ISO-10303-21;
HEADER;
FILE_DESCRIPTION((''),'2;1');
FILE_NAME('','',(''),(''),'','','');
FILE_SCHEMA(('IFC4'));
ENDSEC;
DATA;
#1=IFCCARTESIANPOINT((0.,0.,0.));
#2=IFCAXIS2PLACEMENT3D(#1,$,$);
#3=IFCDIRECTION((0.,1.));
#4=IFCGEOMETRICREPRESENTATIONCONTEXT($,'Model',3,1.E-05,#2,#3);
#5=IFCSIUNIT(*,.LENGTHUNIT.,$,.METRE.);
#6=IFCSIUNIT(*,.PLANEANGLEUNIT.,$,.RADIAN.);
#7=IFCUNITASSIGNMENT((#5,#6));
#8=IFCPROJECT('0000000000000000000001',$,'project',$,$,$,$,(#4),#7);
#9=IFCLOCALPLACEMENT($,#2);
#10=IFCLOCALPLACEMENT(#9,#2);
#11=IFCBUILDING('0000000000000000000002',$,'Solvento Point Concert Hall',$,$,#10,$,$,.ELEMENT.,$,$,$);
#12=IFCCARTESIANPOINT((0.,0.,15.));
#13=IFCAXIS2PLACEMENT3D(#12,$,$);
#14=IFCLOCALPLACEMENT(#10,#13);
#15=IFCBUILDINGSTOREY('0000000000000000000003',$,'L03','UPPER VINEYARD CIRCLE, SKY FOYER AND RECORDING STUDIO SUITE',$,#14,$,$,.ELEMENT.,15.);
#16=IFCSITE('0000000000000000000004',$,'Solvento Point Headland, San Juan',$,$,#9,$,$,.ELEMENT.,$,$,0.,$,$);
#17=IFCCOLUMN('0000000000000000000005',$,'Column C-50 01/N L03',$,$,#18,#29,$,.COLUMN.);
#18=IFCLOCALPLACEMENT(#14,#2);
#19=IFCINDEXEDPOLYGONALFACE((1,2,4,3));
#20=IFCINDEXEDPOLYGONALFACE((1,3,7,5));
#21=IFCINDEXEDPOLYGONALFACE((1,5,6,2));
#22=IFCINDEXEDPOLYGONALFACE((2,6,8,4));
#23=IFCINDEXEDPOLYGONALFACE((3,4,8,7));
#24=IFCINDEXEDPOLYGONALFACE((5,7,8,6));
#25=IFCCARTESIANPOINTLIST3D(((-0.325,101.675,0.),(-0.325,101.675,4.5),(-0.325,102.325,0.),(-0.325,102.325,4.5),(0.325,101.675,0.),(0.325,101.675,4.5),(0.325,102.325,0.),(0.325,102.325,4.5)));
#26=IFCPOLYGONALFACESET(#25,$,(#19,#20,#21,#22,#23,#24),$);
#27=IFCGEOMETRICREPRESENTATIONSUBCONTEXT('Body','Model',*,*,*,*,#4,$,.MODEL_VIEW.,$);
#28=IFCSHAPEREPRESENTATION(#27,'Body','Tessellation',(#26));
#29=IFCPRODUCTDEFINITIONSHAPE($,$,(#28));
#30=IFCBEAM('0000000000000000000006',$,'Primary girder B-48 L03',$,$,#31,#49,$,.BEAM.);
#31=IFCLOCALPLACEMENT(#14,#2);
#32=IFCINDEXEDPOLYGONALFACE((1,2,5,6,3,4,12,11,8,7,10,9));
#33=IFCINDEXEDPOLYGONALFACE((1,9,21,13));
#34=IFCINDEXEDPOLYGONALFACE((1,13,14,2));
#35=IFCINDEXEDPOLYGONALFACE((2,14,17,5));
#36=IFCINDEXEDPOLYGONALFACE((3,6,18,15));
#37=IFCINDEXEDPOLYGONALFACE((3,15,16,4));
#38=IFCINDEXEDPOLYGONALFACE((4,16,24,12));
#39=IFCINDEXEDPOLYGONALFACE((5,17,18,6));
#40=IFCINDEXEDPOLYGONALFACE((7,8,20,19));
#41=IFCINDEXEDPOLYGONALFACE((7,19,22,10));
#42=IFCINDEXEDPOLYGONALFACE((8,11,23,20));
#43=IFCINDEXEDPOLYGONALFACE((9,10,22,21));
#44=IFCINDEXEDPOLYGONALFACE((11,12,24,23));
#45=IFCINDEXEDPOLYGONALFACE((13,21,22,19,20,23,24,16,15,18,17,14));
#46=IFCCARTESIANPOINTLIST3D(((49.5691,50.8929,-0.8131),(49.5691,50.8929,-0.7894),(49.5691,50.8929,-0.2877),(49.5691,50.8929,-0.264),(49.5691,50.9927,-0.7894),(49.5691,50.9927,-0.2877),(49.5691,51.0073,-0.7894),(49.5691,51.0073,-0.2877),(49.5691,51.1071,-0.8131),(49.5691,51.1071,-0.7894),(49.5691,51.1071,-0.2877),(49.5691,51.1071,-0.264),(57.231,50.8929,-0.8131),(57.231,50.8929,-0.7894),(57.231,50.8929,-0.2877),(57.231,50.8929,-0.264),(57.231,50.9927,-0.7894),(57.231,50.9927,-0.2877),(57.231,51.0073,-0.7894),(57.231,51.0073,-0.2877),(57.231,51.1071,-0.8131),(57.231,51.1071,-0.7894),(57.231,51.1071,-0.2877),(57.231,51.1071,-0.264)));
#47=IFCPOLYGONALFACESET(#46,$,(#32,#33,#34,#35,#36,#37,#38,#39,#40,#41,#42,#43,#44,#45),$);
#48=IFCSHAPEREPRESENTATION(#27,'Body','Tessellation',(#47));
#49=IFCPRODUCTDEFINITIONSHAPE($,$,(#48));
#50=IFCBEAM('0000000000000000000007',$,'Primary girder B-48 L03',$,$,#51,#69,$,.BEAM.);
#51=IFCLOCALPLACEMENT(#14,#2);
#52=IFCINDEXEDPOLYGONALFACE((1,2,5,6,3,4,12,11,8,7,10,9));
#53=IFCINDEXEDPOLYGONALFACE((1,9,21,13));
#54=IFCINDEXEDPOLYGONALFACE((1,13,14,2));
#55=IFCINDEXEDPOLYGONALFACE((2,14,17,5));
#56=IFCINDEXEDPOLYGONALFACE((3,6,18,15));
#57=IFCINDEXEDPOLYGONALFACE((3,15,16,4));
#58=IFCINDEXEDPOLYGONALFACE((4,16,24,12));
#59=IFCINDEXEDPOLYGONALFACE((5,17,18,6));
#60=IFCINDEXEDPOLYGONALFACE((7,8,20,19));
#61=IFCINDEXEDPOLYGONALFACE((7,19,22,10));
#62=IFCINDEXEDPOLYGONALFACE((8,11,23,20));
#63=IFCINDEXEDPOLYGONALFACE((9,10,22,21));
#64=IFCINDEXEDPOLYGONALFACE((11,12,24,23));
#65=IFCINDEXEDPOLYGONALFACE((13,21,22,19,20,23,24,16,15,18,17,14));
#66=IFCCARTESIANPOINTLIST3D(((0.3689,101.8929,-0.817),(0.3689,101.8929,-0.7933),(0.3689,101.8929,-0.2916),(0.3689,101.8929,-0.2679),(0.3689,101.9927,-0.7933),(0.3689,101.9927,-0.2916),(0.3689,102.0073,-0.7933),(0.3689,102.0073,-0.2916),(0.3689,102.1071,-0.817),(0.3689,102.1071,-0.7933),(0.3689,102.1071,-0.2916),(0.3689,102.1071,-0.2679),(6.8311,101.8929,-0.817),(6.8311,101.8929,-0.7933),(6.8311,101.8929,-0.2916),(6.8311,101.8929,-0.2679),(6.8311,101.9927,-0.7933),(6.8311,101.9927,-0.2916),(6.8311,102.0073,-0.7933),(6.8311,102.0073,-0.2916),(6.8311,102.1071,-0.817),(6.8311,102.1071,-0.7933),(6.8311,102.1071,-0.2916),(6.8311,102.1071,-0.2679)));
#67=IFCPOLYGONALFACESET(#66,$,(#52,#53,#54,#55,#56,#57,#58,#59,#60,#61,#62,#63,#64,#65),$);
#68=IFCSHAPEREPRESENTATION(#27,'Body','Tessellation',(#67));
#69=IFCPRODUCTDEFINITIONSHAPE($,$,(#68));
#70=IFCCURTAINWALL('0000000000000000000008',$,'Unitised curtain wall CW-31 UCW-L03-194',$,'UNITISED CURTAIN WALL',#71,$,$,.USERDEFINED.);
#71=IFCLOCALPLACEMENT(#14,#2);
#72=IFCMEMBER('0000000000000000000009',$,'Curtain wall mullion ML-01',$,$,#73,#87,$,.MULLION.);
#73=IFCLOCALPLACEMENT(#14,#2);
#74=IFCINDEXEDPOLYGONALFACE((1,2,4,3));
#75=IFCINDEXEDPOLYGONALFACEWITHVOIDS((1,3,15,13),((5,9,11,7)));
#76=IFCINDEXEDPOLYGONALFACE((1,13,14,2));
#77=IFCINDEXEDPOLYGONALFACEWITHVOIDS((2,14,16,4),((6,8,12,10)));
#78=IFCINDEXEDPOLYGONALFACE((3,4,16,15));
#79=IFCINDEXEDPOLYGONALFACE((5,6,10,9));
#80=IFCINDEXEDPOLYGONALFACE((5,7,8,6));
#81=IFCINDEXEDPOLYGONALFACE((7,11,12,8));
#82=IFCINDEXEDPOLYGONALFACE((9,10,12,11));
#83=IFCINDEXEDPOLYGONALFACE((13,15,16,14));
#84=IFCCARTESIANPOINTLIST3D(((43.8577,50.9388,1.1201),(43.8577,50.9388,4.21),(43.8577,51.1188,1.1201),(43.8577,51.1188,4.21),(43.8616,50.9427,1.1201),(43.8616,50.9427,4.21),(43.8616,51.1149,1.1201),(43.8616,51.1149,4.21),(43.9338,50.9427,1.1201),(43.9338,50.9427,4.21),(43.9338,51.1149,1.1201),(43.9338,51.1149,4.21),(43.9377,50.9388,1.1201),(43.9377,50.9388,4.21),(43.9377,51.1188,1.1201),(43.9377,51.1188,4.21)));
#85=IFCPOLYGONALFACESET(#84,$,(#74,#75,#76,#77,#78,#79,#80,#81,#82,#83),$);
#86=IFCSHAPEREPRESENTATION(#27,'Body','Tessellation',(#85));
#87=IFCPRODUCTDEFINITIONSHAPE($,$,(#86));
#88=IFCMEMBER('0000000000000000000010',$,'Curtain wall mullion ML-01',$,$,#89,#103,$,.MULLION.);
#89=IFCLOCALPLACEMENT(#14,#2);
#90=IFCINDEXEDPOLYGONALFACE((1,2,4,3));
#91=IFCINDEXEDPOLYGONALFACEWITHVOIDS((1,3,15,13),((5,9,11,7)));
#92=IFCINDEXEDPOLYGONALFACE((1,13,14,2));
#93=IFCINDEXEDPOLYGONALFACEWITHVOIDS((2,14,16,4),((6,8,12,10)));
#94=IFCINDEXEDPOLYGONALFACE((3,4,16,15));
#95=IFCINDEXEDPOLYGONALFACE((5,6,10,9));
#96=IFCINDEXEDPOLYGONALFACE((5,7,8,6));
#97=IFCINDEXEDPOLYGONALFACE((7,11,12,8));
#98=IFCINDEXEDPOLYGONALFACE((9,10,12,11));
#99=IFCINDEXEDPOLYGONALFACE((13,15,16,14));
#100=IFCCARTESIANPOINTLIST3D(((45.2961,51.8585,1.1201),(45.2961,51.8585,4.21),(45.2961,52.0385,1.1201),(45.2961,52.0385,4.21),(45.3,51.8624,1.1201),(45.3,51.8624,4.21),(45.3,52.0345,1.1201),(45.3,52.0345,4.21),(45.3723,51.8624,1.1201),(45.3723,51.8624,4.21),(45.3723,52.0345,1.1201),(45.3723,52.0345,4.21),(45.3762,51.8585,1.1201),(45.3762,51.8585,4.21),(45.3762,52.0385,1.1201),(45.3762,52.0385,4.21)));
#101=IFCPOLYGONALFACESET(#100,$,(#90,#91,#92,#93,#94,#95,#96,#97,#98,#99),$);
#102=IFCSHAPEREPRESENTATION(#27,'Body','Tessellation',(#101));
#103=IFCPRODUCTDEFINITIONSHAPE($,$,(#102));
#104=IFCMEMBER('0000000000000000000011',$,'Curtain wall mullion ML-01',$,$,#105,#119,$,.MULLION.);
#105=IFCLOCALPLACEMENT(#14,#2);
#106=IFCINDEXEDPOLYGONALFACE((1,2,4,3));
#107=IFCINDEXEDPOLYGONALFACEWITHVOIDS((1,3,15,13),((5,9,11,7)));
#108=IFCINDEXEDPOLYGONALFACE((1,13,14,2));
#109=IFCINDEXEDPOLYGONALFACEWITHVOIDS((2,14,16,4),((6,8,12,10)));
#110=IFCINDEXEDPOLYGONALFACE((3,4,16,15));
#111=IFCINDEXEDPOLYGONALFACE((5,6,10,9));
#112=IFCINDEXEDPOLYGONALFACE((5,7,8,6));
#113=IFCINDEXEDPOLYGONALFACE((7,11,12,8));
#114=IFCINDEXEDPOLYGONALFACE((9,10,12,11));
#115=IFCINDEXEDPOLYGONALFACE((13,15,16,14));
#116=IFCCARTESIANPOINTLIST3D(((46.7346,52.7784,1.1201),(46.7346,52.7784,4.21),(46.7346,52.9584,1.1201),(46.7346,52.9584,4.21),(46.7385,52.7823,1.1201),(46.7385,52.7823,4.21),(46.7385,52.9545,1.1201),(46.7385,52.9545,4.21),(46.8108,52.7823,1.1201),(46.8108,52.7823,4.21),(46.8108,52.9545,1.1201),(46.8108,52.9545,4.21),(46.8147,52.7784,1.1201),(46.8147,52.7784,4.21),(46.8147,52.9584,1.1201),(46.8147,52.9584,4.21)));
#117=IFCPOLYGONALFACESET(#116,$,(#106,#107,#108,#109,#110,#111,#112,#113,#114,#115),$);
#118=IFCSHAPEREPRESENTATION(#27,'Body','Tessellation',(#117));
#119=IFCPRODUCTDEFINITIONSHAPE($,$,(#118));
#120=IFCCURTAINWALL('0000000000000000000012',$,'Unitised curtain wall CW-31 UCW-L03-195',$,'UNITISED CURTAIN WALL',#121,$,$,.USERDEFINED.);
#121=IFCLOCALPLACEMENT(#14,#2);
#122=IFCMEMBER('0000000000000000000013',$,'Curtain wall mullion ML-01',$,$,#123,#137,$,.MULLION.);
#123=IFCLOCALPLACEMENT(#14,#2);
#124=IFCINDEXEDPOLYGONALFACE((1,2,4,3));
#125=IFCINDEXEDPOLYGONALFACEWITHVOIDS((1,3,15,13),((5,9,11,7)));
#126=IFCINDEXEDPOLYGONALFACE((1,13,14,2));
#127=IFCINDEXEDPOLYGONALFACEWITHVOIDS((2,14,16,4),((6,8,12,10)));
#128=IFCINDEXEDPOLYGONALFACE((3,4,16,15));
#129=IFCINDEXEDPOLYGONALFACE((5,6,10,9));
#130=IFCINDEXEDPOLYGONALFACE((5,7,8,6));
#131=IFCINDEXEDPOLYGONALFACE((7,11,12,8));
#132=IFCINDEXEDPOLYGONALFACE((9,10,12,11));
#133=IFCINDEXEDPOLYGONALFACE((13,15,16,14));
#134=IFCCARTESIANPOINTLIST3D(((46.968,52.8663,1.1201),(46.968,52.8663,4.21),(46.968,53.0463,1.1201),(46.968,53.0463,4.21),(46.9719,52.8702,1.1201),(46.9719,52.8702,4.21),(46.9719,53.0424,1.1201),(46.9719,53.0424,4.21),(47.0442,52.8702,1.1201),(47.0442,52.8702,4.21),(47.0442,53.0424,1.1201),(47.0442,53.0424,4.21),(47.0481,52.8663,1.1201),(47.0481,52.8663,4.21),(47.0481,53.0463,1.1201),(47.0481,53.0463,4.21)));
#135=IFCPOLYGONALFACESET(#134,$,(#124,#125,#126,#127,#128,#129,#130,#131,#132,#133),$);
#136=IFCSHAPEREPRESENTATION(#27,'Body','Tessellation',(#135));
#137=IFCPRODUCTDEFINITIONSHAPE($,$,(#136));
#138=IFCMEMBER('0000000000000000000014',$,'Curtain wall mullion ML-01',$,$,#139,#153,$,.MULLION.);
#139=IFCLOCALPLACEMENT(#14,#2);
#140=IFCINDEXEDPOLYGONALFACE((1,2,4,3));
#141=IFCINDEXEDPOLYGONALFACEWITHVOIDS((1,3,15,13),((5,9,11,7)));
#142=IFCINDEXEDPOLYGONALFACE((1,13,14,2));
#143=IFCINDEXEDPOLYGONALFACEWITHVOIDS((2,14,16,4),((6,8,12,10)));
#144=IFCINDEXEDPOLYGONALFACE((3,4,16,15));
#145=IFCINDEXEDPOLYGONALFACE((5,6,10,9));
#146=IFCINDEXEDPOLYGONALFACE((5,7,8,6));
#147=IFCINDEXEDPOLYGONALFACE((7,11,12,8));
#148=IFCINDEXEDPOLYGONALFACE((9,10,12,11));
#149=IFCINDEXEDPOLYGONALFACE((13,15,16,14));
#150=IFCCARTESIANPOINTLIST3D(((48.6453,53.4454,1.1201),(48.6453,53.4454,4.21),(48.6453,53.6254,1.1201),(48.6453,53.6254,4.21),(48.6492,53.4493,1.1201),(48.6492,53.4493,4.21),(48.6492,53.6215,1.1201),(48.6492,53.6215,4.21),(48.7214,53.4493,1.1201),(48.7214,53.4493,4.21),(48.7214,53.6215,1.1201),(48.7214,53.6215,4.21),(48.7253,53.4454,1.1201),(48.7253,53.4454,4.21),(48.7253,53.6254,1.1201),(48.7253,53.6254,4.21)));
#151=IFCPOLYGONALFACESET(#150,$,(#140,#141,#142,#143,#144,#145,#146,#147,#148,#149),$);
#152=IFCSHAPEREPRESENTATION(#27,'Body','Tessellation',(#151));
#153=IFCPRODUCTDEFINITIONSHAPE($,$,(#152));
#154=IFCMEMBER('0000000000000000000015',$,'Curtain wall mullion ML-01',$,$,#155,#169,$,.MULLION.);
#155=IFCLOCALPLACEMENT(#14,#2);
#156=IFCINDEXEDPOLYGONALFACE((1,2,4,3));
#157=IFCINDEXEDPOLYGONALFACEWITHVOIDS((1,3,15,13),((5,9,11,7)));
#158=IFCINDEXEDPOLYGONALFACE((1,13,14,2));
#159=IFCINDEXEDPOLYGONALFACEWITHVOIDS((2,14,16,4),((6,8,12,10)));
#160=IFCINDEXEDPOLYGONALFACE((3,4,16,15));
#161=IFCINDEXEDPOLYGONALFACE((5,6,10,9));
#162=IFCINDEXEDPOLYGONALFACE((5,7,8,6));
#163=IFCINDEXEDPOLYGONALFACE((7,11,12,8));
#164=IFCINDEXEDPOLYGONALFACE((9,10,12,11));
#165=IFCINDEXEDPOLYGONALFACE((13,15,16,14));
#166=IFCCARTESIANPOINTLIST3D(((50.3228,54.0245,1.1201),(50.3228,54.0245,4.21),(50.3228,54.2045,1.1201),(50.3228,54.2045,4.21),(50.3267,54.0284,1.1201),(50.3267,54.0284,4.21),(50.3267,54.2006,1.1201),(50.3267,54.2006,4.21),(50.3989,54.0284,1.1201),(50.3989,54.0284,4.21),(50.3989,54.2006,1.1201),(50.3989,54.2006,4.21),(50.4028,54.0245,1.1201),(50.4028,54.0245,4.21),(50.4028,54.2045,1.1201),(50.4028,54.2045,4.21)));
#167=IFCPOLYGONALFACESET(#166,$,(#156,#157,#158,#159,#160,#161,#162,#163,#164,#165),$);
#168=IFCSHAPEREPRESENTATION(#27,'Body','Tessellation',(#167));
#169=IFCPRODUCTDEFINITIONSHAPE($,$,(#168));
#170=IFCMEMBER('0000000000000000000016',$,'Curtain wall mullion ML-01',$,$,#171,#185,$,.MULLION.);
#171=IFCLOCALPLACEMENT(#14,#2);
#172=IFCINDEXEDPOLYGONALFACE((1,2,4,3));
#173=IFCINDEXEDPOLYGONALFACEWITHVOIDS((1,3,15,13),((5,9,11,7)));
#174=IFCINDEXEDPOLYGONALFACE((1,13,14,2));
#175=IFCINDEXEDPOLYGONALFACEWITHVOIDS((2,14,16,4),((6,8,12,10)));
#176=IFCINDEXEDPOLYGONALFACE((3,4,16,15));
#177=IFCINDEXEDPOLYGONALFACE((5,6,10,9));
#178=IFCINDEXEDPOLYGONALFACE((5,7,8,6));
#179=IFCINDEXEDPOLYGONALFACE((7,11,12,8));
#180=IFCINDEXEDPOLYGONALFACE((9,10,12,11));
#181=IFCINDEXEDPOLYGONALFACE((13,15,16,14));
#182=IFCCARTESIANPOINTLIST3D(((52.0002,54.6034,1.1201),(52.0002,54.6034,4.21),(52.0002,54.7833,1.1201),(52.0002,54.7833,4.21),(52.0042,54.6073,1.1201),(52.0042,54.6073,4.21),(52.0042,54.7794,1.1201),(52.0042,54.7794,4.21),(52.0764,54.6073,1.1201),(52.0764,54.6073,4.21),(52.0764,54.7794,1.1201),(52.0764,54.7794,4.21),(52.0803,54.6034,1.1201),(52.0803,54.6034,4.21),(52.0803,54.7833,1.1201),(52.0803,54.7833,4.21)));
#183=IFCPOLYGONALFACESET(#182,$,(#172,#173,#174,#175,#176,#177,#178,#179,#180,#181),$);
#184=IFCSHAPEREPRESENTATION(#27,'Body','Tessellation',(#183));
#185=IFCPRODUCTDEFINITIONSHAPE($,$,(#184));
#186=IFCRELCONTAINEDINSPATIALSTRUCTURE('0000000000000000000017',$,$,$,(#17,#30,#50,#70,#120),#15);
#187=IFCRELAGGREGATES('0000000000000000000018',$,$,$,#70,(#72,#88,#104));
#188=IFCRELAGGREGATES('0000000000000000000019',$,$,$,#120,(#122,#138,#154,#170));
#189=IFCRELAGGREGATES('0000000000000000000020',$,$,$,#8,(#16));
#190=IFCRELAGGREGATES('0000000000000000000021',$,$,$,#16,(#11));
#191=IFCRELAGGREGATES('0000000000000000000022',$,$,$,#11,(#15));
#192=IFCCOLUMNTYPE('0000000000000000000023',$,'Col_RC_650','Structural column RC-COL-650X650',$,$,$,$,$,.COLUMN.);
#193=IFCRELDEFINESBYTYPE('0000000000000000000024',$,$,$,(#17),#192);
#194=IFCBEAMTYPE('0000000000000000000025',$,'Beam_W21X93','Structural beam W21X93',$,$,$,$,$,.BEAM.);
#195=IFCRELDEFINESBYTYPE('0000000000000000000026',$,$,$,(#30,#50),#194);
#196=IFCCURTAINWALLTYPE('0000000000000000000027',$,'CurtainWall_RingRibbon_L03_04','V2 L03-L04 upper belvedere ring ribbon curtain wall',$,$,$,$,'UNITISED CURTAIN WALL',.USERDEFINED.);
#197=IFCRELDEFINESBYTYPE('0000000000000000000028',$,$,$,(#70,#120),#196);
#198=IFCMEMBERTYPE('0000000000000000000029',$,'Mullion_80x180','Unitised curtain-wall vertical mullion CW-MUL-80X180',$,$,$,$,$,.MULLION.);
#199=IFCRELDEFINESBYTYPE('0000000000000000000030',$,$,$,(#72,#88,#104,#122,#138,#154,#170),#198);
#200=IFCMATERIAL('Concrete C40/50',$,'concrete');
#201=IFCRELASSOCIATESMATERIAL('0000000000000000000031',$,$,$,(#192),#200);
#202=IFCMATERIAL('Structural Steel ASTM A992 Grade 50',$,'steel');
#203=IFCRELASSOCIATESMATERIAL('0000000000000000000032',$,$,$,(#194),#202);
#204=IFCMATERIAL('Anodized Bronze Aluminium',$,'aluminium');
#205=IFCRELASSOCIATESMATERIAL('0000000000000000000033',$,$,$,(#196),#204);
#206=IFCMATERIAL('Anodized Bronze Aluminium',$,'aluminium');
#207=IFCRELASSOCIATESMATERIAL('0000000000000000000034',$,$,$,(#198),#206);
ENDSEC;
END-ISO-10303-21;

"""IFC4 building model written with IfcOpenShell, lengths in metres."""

from ifc_helpers import new_model, si_unit, direction, frame, origin, origin_2d, place, context, subcontext, project, spatial, rectangle, hollow_rectangle, i_section, extrude, material, material_profile, profile_set, type_object, element, aggregate, save


model = new_model("IFC4")

# Units and contexts
model_context = context("Model", 3, precision=1e-05, world=origin(), true_north=direction((0.0, 1.0)))
body_context = subcontext(model_context, "Body", "Model", "MODEL_VIEW")
ifc_project = project(units=[si_unit("LENGTHUNIT", "METRE"), si_unit("PLANEANGLEUNIT", "RADIAN")], contexts=[model_context])

# Site, building, storey
site_placement = place(None, origin())
site = spatial("IfcSite", under=ifc_project, at=site_placement, Name="Solvento Point Headland, San Juan", CompositionType="ELEMENT", RefElevation=0.0)
building_placement = place(site_placement, origin())
building = spatial("IfcBuilding", under=site, at=building_placement, Name="Solvento Point Concert Hall", CompositionType="ELEMENT")
storey_placement = place(building_placement, frame((0.0, 0.0, 15.0)))
storey = spatial("IfcBuildingStorey", under=building, at=storey_placement, Name="L03", Description="UPPER VINEYARD CIRCLE, SKY FOYER AND RECORDING STUDIO SUITE", CompositionType="ELEMENT", Elevation=15.0)

# Column
ifc_material_1 = material(Name="Concrete C40/50", Category="concrete")
ifc_material_profile_1 = material_profile(ifc_material_1, rectangle(XDim=0.6499, YDim=0.6499, at=origin_2d()), Name="RC-COL-650X650")
ifc_profile_set_1 = profile_set([ifc_material_profile_1], Name="Concrete C40/50")
column_type = type_object("IfcColumnType", Name="Col_RC_650", Description="Structural column RC-COL-650X650", PredefinedType="COLUMN", material=ifc_profile_set_1)
column_placement = place(storey_placement, frame((0.0, 102.0, 0.0), z_axis=(0.0, 0.0, 1.0), x_axis=(1.0, 0.0, 0.0)))
element("IfcColumn", 1, at=column_placement, inside=storey, type_object=column_type, Name="Column C-50 01/N L03", PredefinedType="COLUMN", context=body_context, shape_type="SweptSolid", body=[
    extrude(rectangle(XDim=0.6499, YDim=0.6499, at=origin_2d()), origin(), (0.0, 0.0, 1.0), 4.5),
])

# Beams
ifc_material_2 = material(Name="Structural Steel ASTM A992 Grade 50", Category="steel")
ifc_material_profile_2 = material_profile(ifc_material_2, i_section(OverallWidth=0.2141, OverallDepth=0.5491, WebThickness=0.0146, FlangeThickness=0.0237, at=origin_2d()), Name="W21X93")
ifc_profile_set_2 = profile_set([ifc_material_profile_2], Name="Structural Steel ASTM A992 Grade 50")
beam_type = type_object("IfcBeamType", Name="Beam_W21X93", Description="Structural beam W21X93", PredefinedType="BEAM", material=ifc_profile_set_2)
beam_1_placement = place(storey_placement, frame((49.5691, 51.0, -0.5386), z_axis=(1.0, 0.0, 0.0), x_axis=(0.0, 1.0, 0.0)))
element("IfcBeam", 2, at=beam_1_placement, inside=storey, type_object=beam_type, Name="Primary girder B-48 L03", PredefinedType="BEAM", context=body_context, shape_type="SweptSolid", body=[
    extrude(i_section(OverallWidth=0.2141, OverallDepth=0.5491, WebThickness=0.0146, FlangeThickness=0.0237, at=origin_2d()), origin(), (0.0, 0.0, 1.0), 7.6619),
])
beam_2_placement = place(storey_placement, frame((0.3689, 102.0, -0.5425), z_axis=(1.0, 0.0, 0.0), x_axis=(0.0, 1.0, 0.0)))
element("IfcBeam", 3, at=beam_2_placement, inside=storey, type_object=beam_type, Name="Primary girder B-48 L03", PredefinedType="BEAM", context=body_context, shape_type="SweptSolid", body=[
    extrude(i_section(OverallWidth=0.2141, OverallDepth=0.5491, WebThickness=0.0146, FlangeThickness=0.0237, at=origin_2d()), origin(), (0.0, 0.0, 1.0), 6.4622),
])

# Curtain walls, members
ifc_material_3 = material(Name="Anodized Bronze Aluminium", Category="aluminium")
curtain_wall_type = type_object("IfcCurtainWallType", Name="CurtainWall_RingRibbon_L03_04", Description="V2 L03-L04 upper belvedere ring ribbon curtain wall", ElementType="UNITISED CURTAIN WALL", PredefinedType="USERDEFINED", material=ifc_material_3)
curtain_wall_1_placement = place(storey_placement, origin())
curtain_wall_1 = element("IfcCurtainWall", 4, at=curtain_wall_1_placement, inside=storey, type_object=curtain_wall_type, Name="Unitised curtain wall CW-31 UCW-L03-194", ObjectType="UNITISED CURTAIN WALL", PredefinedType="USERDEFINED")
ifc_material_4 = material(Name="Anodized Bronze Aluminium", Category="aluminium")
ifc_material_profile_3 = material_profile(ifc_material_4, hollow_rectangle(XDim=0.0801, YDim=0.1799, WallThickness=0.0039, at=origin_2d()), Name="CW-MUL-80X180")
ifc_profile_set_3 = profile_set([ifc_material_profile_3], Name="Anodized Bronze Aluminium")
member_type_1 = type_object("IfcMemberType", Name="Mullion_80x180", Description="Unitised curtain-wall vertical mullion CW-MUL-80X180", PredefinedType="MULLION", material=ifc_profile_set_3)
member_1_placement = place(storey_placement, frame((43.8977, 51.0288, 1.1201), z_axis=(0.0, 0.0, 1.0), x_axis=(1.0, 0.0, 0.0)))
member_1 = element("IfcMember", 5, at=member_1_placement, type_object=member_type_1, Name="Curtain wall mullion ML-01", PredefinedType="MULLION", context=body_context, shape_type="SweptSolid", body=[
    extrude(hollow_rectangle(XDim=0.0801, YDim=0.1799, WallThickness=0.0039, at=origin_2d()), origin(), (0.0, 0.0, 1.0), 3.0898),
])
member_2_placement = place(storey_placement, frame((45.3362, 51.9485, 1.1201), z_axis=(0.0, 0.0, 1.0), x_axis=(1.0, 0.0, 0.0)))
member_2 = element("IfcMember", 6, at=member_2_placement, type_object=member_type_1, Name="Curtain wall mullion ML-01", PredefinedType="MULLION", context=body_context, shape_type="SweptSolid", body=[
    extrude(hollow_rectangle(XDim=0.0801, YDim=0.1799, WallThickness=0.0039, at=origin_2d()), origin(), (0.0, 0.0, 1.0), 3.0898),
])
member_3_placement = place(storey_placement, frame((46.7747, 52.8684, 1.1201), z_axis=(0.0, 0.0, 1.0), x_axis=(1.0, 0.0, 0.0)))
member_3 = element("IfcMember", 7, at=member_3_placement, type_object=member_type_1, Name="Curtain wall mullion ML-01", PredefinedType="MULLION", context=body_context, shape_type="SweptSolid", body=[
    extrude(hollow_rectangle(XDim=0.0801, YDim=0.1799, WallThickness=0.0039, at=origin_2d()), origin(), (0.0, 0.0, 1.0), 3.0898),
])
curtain_wall_2_placement = place(storey_placement, origin())
curtain_wall_2 = element("IfcCurtainWall", 8, at=curtain_wall_2_placement, inside=storey, type_object=curtain_wall_type, Name="Unitised curtain wall CW-31 UCW-L03-195", ObjectType="UNITISED CURTAIN WALL", PredefinedType="USERDEFINED")
member_4_placement = place(storey_placement, frame((47.0081, 52.9563, 1.1201), z_axis=(0.0, 0.0, 1.0), x_axis=(1.0, 0.0, 0.0)))
member_4 = element("IfcMember", 9, at=member_4_placement, type_object=member_type_1, Name="Curtain wall mullion ML-01", PredefinedType="MULLION", context=body_context, shape_type="SweptSolid", body=[
    extrude(hollow_rectangle(XDim=0.0801, YDim=0.1799, WallThickness=0.0039, at=origin_2d()), origin(), (0.0, 0.0, 1.0), 3.0898),
])
member_5_placement = place(storey_placement, frame((48.6853, 53.5354, 1.1201), z_axis=(0.0, 0.0, 1.0), x_axis=(1.0, 0.0, 0.0)))
member_5 = element("IfcMember", 10, at=member_5_placement, type_object=member_type_1, Name="Curtain wall mullion ML-01", PredefinedType="MULLION", context=body_context, shape_type="SweptSolid", body=[
    extrude(hollow_rectangle(XDim=0.0801, YDim=0.1799, WallThickness=0.0039, at=origin_2d()), origin(), (0.0, 0.0, 1.0), 3.0898),
])
member_6_placement = place(storey_placement, frame((50.3628, 54.1145, 1.1201), z_axis=(0.0, 0.0, 1.0), x_axis=(1.0, 0.0, 0.0)))
member_6 = element("IfcMember", 11, at=member_6_placement, type_object=member_type_1, Name="Curtain wall mullion ML-01", PredefinedType="MULLION", context=body_context, shape_type="SweptSolid", body=[
    extrude(hollow_rectangle(XDim=0.0801, YDim=0.1799, WallThickness=0.0039, at=origin_2d()), origin(), (0.0, 0.0, 1.0), 3.0898),
])
member_7_placement = place(storey_placement, frame((52.0403, 54.6934, 1.1201), z_axis=(0.0, 0.0, 1.0), x_axis=(1.0, 0.0, 0.0)))
member_7 = element("IfcMember", 12, at=member_7_placement, type_object=member_type_1, Name="Curtain wall mullion ML-01", PredefinedType="MULLION", context=body_context, shape_type="SweptSolid", body=[
    extrude(hollow_rectangle(XDim=0.0801, YDim=0.1799, WallThickness=0.0039, at=origin_2d()), origin(), (0.0, 0.0, 1.0), 3.0898),
])

aggregate(curtain_wall_1, [member_1, member_2, member_3])
aggregate(curtain_wall_2, [member_4, member_5, member_6, member_7])

save(model, "model.ifc")
